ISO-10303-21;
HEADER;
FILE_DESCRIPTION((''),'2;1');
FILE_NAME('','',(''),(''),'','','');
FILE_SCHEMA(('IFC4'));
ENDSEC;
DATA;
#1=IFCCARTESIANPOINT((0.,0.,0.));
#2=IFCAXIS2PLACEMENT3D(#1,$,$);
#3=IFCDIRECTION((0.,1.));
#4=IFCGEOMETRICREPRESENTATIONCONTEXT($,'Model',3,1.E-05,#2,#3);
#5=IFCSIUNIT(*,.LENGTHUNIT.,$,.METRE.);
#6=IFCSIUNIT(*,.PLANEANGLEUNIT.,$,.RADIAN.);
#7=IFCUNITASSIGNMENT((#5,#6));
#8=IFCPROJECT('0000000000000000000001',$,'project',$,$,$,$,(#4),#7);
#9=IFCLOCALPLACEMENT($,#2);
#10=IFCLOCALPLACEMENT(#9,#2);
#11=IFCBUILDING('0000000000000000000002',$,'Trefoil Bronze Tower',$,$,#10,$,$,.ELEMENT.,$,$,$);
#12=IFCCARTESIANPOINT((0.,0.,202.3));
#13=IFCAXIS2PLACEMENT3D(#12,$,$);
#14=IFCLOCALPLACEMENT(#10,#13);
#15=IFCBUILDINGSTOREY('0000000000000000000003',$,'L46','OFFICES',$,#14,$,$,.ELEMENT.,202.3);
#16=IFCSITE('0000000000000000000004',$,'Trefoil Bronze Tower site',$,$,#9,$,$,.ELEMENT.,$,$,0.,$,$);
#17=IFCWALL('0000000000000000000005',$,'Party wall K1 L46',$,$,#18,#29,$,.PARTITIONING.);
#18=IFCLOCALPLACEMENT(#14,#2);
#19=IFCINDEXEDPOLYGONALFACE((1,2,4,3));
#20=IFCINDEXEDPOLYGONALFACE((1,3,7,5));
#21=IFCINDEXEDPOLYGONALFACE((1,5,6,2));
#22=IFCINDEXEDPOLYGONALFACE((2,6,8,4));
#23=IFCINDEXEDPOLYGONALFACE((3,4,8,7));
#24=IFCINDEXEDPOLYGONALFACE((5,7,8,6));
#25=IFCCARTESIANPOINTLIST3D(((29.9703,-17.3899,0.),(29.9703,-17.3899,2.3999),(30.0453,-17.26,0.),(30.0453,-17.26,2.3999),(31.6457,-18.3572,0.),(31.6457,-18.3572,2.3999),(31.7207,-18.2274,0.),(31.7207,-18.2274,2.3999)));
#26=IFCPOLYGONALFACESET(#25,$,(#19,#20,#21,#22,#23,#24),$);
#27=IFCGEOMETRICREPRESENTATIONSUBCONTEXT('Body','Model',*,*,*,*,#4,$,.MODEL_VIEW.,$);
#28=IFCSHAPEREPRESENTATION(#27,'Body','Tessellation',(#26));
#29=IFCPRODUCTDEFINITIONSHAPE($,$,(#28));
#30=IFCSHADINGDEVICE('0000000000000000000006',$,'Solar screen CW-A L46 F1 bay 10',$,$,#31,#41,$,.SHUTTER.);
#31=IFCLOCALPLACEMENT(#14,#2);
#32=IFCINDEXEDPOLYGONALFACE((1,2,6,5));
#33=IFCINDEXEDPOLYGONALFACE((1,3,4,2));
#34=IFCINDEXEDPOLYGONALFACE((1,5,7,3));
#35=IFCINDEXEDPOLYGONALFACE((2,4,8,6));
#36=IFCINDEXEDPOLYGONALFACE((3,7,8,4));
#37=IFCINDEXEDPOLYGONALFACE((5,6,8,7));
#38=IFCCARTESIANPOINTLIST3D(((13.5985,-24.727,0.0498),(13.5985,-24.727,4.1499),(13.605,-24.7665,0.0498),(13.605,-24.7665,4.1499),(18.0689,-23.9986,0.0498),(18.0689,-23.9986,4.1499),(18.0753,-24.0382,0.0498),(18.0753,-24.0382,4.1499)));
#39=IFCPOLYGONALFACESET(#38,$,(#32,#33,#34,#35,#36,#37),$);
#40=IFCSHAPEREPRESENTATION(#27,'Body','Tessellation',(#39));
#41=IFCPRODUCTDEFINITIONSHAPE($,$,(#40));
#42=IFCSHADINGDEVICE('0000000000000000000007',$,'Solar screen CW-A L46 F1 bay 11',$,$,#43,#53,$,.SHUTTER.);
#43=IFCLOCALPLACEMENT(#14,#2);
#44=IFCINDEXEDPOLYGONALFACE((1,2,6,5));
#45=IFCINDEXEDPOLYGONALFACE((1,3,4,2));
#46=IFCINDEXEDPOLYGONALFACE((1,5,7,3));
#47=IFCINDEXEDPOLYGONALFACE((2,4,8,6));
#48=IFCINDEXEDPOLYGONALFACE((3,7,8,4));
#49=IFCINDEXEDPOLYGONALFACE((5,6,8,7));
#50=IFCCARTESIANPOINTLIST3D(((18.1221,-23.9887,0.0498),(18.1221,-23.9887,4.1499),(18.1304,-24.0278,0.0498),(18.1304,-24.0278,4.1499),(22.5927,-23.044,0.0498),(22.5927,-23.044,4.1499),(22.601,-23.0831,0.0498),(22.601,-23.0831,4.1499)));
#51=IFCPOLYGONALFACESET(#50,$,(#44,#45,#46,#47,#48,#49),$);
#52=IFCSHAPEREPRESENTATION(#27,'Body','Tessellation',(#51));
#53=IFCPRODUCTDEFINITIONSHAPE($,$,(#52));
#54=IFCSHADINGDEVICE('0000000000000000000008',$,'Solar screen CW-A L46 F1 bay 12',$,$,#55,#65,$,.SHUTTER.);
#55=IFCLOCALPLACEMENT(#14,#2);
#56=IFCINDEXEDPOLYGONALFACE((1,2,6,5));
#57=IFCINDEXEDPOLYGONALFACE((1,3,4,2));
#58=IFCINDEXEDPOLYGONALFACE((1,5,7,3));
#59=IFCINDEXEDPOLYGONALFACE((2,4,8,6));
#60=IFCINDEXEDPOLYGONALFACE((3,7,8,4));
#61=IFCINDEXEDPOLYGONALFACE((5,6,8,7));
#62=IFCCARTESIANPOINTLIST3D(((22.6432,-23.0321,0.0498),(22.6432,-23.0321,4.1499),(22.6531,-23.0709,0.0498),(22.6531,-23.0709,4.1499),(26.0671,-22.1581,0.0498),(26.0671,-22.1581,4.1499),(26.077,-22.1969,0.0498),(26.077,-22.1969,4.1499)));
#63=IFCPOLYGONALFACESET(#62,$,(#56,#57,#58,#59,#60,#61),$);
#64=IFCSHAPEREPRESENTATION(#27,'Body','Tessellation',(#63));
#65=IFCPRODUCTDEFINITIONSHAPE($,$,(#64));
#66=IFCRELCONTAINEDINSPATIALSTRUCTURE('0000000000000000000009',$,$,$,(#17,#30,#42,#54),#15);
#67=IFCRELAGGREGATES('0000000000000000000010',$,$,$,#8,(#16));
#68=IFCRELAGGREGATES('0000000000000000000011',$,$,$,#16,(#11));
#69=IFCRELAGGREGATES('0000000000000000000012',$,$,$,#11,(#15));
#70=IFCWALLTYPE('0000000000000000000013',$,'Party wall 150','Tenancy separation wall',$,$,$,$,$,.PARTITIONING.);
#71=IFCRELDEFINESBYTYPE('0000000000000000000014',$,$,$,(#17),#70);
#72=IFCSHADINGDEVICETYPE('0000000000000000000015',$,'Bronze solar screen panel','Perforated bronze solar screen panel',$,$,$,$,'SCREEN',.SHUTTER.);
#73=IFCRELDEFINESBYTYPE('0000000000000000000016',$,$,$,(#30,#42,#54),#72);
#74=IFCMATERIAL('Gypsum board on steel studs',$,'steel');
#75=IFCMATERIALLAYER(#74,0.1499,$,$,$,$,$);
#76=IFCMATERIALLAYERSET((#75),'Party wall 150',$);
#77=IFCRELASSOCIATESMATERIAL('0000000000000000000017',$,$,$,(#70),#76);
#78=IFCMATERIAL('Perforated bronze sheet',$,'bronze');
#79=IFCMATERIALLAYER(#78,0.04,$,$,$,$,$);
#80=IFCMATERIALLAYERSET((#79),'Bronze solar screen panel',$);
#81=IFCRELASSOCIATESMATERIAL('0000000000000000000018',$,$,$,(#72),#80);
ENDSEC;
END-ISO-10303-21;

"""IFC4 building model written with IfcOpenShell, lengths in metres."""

from ifc_helpers import new_model, si_unit, direction, frame, frame_2d, origin, origin_2d, place, context, subcontext, project, spatial, rectangle, extrude, material, layer, layer_set, type_object, element, save


model = new_model("IFC4")

# Units and contexts
model_context = context("Model", 3, precision=1e-05, world=origin(), true_north=direction((0.0, 1.0)))
body_context = subcontext(model_context, "Body", "Model", "MODEL_VIEW")
ifc_project = project(units=[si_unit("LENGTHUNIT", "METRE"), si_unit("PLANEANGLEUNIT", "RADIAN")], contexts=[model_context])

# Site, building, storey
site_placement = place(None, origin())
site = spatial("IfcSite", under=ifc_project, at=site_placement, Name="Trefoil Bronze Tower site", CompositionType="ELEMENT", RefElevation=0.0)
building_placement = place(site_placement, origin())
building = spatial("IfcBuilding", under=site, at=building_placement, Name="Trefoil Bronze Tower", CompositionType="ELEMENT")
storey_placement = place(building_placement, frame((0.0, 0.0, 202.3)))
storey = spatial("IfcBuildingStorey", under=building, at=storey_placement, Name="L46", Description="OFFICES", CompositionType="ELEMENT", Elevation=202.3)

# Wall
ifc_material_1 = material(Name="Gypsum board on steel studs", Category="steel")
ifc_layer_1 = layer(ifc_material_1, 0.1499)
ifc_layer_set_1 = layer_set([ifc_layer_1], Name="Party wall 150")
wall_type = type_object("IfcWallType", Name="Party wall 150", Description="Tenancy separation wall", PredefinedType="PARTITIONING", material=ifc_layer_set_1)
wall_placement = place(storey_placement, frame((30.0078, -17.325, 0.0), z_axis=(0.0, 0.0, 1.0), x_axis=(0.866013, -0.500021, 0.0)))
element("IfcWall", 1, at=wall_placement, inside=storey, type_object=wall_type, Name="Party wall K1 L46", PredefinedType="PARTITIONING", context=body_context, shape_type="SweptSolid", body=[
    extrude(rectangle(XDim=1.9346, YDim=0.1499, at=frame_2d((0.9673, 0.0))), origin(), (0.0, 0.0, 1.0), 2.3999),
])

# Shading devices
ifc_material_2 = material(Name="Perforated bronze sheet", Category="bronze")
ifc_layer_2 = layer(ifc_material_2, 0.04)
ifc_layer_set_2 = layer_set([ifc_layer_2], Name="Bronze solar screen panel")
shading_device_type = type_object("IfcShadingDeviceType", Name="Bronze solar screen panel", Description="Perforated bronze solar screen panel", ElementType="SCREEN", PredefinedType="SHUTTER", material=ifc_layer_set_2)
shading_device_1_placement = place(storey_placement, frame((15.8369, -24.3826, 0.0498), z_axis=(0.0, 0.0, 1.0), x_axis=(0.986987, 0.160803, 0.0)))
element("IfcShadingDevice", 2, at=shading_device_1_placement, inside=storey, type_object=shading_device_type, Name="Solar screen CW-A L46 F1 bay 10", PredefinedType="SHUTTER", context=body_context, shape_type="SweptSolid", body=[
    extrude(rectangle(XDim=4.5293, YDim=0.04, at=origin_2d()), origin(), (0.0, 0.0, 1.0), 4.1001),
])
shading_device_2_placement = place(storey_placement, frame((20.3616, -23.5359, 0.0498), z_axis=(0.0, 0.0, 1.0), x_axis=(0.978394, 0.206747, 0.0)))
element("IfcShadingDevice", 3, at=shading_device_2_placement, inside=storey, type_object=shading_device_type, Name="Solar screen CW-A L46 F1 bay 11", PredefinedType="SHUTTER", context=body_context, shape_type="SweptSolid", body=[
    extrude(rectangle(XDim=4.5693, YDim=0.04, at=origin_2d()), origin(), (0.0, 0.0, 1.0), 4.1001),
])
shading_device_3_placement = place(storey_placement, frame((24.3601, -22.6145, 0.0498), z_axis=(0.0, 0.0, 1.0), x_axis=(0.968934, 0.247319, 0.0)))
element("IfcShadingDevice", 4, at=shading_device_3_placement, inside=storey, type_object=shading_device_type, Name="Solar screen CW-A L46 F1 bay 12", PredefinedType="SHUTTER", context=body_context, shape_type="SweptSolid", body=[
    extrude(rectangle(XDim=3.5337, YDim=0.04, at=origin_2d()), origin(), (0.0, 0.0, 1.0), 4.1001),
])

save(model, "model.ifc")
